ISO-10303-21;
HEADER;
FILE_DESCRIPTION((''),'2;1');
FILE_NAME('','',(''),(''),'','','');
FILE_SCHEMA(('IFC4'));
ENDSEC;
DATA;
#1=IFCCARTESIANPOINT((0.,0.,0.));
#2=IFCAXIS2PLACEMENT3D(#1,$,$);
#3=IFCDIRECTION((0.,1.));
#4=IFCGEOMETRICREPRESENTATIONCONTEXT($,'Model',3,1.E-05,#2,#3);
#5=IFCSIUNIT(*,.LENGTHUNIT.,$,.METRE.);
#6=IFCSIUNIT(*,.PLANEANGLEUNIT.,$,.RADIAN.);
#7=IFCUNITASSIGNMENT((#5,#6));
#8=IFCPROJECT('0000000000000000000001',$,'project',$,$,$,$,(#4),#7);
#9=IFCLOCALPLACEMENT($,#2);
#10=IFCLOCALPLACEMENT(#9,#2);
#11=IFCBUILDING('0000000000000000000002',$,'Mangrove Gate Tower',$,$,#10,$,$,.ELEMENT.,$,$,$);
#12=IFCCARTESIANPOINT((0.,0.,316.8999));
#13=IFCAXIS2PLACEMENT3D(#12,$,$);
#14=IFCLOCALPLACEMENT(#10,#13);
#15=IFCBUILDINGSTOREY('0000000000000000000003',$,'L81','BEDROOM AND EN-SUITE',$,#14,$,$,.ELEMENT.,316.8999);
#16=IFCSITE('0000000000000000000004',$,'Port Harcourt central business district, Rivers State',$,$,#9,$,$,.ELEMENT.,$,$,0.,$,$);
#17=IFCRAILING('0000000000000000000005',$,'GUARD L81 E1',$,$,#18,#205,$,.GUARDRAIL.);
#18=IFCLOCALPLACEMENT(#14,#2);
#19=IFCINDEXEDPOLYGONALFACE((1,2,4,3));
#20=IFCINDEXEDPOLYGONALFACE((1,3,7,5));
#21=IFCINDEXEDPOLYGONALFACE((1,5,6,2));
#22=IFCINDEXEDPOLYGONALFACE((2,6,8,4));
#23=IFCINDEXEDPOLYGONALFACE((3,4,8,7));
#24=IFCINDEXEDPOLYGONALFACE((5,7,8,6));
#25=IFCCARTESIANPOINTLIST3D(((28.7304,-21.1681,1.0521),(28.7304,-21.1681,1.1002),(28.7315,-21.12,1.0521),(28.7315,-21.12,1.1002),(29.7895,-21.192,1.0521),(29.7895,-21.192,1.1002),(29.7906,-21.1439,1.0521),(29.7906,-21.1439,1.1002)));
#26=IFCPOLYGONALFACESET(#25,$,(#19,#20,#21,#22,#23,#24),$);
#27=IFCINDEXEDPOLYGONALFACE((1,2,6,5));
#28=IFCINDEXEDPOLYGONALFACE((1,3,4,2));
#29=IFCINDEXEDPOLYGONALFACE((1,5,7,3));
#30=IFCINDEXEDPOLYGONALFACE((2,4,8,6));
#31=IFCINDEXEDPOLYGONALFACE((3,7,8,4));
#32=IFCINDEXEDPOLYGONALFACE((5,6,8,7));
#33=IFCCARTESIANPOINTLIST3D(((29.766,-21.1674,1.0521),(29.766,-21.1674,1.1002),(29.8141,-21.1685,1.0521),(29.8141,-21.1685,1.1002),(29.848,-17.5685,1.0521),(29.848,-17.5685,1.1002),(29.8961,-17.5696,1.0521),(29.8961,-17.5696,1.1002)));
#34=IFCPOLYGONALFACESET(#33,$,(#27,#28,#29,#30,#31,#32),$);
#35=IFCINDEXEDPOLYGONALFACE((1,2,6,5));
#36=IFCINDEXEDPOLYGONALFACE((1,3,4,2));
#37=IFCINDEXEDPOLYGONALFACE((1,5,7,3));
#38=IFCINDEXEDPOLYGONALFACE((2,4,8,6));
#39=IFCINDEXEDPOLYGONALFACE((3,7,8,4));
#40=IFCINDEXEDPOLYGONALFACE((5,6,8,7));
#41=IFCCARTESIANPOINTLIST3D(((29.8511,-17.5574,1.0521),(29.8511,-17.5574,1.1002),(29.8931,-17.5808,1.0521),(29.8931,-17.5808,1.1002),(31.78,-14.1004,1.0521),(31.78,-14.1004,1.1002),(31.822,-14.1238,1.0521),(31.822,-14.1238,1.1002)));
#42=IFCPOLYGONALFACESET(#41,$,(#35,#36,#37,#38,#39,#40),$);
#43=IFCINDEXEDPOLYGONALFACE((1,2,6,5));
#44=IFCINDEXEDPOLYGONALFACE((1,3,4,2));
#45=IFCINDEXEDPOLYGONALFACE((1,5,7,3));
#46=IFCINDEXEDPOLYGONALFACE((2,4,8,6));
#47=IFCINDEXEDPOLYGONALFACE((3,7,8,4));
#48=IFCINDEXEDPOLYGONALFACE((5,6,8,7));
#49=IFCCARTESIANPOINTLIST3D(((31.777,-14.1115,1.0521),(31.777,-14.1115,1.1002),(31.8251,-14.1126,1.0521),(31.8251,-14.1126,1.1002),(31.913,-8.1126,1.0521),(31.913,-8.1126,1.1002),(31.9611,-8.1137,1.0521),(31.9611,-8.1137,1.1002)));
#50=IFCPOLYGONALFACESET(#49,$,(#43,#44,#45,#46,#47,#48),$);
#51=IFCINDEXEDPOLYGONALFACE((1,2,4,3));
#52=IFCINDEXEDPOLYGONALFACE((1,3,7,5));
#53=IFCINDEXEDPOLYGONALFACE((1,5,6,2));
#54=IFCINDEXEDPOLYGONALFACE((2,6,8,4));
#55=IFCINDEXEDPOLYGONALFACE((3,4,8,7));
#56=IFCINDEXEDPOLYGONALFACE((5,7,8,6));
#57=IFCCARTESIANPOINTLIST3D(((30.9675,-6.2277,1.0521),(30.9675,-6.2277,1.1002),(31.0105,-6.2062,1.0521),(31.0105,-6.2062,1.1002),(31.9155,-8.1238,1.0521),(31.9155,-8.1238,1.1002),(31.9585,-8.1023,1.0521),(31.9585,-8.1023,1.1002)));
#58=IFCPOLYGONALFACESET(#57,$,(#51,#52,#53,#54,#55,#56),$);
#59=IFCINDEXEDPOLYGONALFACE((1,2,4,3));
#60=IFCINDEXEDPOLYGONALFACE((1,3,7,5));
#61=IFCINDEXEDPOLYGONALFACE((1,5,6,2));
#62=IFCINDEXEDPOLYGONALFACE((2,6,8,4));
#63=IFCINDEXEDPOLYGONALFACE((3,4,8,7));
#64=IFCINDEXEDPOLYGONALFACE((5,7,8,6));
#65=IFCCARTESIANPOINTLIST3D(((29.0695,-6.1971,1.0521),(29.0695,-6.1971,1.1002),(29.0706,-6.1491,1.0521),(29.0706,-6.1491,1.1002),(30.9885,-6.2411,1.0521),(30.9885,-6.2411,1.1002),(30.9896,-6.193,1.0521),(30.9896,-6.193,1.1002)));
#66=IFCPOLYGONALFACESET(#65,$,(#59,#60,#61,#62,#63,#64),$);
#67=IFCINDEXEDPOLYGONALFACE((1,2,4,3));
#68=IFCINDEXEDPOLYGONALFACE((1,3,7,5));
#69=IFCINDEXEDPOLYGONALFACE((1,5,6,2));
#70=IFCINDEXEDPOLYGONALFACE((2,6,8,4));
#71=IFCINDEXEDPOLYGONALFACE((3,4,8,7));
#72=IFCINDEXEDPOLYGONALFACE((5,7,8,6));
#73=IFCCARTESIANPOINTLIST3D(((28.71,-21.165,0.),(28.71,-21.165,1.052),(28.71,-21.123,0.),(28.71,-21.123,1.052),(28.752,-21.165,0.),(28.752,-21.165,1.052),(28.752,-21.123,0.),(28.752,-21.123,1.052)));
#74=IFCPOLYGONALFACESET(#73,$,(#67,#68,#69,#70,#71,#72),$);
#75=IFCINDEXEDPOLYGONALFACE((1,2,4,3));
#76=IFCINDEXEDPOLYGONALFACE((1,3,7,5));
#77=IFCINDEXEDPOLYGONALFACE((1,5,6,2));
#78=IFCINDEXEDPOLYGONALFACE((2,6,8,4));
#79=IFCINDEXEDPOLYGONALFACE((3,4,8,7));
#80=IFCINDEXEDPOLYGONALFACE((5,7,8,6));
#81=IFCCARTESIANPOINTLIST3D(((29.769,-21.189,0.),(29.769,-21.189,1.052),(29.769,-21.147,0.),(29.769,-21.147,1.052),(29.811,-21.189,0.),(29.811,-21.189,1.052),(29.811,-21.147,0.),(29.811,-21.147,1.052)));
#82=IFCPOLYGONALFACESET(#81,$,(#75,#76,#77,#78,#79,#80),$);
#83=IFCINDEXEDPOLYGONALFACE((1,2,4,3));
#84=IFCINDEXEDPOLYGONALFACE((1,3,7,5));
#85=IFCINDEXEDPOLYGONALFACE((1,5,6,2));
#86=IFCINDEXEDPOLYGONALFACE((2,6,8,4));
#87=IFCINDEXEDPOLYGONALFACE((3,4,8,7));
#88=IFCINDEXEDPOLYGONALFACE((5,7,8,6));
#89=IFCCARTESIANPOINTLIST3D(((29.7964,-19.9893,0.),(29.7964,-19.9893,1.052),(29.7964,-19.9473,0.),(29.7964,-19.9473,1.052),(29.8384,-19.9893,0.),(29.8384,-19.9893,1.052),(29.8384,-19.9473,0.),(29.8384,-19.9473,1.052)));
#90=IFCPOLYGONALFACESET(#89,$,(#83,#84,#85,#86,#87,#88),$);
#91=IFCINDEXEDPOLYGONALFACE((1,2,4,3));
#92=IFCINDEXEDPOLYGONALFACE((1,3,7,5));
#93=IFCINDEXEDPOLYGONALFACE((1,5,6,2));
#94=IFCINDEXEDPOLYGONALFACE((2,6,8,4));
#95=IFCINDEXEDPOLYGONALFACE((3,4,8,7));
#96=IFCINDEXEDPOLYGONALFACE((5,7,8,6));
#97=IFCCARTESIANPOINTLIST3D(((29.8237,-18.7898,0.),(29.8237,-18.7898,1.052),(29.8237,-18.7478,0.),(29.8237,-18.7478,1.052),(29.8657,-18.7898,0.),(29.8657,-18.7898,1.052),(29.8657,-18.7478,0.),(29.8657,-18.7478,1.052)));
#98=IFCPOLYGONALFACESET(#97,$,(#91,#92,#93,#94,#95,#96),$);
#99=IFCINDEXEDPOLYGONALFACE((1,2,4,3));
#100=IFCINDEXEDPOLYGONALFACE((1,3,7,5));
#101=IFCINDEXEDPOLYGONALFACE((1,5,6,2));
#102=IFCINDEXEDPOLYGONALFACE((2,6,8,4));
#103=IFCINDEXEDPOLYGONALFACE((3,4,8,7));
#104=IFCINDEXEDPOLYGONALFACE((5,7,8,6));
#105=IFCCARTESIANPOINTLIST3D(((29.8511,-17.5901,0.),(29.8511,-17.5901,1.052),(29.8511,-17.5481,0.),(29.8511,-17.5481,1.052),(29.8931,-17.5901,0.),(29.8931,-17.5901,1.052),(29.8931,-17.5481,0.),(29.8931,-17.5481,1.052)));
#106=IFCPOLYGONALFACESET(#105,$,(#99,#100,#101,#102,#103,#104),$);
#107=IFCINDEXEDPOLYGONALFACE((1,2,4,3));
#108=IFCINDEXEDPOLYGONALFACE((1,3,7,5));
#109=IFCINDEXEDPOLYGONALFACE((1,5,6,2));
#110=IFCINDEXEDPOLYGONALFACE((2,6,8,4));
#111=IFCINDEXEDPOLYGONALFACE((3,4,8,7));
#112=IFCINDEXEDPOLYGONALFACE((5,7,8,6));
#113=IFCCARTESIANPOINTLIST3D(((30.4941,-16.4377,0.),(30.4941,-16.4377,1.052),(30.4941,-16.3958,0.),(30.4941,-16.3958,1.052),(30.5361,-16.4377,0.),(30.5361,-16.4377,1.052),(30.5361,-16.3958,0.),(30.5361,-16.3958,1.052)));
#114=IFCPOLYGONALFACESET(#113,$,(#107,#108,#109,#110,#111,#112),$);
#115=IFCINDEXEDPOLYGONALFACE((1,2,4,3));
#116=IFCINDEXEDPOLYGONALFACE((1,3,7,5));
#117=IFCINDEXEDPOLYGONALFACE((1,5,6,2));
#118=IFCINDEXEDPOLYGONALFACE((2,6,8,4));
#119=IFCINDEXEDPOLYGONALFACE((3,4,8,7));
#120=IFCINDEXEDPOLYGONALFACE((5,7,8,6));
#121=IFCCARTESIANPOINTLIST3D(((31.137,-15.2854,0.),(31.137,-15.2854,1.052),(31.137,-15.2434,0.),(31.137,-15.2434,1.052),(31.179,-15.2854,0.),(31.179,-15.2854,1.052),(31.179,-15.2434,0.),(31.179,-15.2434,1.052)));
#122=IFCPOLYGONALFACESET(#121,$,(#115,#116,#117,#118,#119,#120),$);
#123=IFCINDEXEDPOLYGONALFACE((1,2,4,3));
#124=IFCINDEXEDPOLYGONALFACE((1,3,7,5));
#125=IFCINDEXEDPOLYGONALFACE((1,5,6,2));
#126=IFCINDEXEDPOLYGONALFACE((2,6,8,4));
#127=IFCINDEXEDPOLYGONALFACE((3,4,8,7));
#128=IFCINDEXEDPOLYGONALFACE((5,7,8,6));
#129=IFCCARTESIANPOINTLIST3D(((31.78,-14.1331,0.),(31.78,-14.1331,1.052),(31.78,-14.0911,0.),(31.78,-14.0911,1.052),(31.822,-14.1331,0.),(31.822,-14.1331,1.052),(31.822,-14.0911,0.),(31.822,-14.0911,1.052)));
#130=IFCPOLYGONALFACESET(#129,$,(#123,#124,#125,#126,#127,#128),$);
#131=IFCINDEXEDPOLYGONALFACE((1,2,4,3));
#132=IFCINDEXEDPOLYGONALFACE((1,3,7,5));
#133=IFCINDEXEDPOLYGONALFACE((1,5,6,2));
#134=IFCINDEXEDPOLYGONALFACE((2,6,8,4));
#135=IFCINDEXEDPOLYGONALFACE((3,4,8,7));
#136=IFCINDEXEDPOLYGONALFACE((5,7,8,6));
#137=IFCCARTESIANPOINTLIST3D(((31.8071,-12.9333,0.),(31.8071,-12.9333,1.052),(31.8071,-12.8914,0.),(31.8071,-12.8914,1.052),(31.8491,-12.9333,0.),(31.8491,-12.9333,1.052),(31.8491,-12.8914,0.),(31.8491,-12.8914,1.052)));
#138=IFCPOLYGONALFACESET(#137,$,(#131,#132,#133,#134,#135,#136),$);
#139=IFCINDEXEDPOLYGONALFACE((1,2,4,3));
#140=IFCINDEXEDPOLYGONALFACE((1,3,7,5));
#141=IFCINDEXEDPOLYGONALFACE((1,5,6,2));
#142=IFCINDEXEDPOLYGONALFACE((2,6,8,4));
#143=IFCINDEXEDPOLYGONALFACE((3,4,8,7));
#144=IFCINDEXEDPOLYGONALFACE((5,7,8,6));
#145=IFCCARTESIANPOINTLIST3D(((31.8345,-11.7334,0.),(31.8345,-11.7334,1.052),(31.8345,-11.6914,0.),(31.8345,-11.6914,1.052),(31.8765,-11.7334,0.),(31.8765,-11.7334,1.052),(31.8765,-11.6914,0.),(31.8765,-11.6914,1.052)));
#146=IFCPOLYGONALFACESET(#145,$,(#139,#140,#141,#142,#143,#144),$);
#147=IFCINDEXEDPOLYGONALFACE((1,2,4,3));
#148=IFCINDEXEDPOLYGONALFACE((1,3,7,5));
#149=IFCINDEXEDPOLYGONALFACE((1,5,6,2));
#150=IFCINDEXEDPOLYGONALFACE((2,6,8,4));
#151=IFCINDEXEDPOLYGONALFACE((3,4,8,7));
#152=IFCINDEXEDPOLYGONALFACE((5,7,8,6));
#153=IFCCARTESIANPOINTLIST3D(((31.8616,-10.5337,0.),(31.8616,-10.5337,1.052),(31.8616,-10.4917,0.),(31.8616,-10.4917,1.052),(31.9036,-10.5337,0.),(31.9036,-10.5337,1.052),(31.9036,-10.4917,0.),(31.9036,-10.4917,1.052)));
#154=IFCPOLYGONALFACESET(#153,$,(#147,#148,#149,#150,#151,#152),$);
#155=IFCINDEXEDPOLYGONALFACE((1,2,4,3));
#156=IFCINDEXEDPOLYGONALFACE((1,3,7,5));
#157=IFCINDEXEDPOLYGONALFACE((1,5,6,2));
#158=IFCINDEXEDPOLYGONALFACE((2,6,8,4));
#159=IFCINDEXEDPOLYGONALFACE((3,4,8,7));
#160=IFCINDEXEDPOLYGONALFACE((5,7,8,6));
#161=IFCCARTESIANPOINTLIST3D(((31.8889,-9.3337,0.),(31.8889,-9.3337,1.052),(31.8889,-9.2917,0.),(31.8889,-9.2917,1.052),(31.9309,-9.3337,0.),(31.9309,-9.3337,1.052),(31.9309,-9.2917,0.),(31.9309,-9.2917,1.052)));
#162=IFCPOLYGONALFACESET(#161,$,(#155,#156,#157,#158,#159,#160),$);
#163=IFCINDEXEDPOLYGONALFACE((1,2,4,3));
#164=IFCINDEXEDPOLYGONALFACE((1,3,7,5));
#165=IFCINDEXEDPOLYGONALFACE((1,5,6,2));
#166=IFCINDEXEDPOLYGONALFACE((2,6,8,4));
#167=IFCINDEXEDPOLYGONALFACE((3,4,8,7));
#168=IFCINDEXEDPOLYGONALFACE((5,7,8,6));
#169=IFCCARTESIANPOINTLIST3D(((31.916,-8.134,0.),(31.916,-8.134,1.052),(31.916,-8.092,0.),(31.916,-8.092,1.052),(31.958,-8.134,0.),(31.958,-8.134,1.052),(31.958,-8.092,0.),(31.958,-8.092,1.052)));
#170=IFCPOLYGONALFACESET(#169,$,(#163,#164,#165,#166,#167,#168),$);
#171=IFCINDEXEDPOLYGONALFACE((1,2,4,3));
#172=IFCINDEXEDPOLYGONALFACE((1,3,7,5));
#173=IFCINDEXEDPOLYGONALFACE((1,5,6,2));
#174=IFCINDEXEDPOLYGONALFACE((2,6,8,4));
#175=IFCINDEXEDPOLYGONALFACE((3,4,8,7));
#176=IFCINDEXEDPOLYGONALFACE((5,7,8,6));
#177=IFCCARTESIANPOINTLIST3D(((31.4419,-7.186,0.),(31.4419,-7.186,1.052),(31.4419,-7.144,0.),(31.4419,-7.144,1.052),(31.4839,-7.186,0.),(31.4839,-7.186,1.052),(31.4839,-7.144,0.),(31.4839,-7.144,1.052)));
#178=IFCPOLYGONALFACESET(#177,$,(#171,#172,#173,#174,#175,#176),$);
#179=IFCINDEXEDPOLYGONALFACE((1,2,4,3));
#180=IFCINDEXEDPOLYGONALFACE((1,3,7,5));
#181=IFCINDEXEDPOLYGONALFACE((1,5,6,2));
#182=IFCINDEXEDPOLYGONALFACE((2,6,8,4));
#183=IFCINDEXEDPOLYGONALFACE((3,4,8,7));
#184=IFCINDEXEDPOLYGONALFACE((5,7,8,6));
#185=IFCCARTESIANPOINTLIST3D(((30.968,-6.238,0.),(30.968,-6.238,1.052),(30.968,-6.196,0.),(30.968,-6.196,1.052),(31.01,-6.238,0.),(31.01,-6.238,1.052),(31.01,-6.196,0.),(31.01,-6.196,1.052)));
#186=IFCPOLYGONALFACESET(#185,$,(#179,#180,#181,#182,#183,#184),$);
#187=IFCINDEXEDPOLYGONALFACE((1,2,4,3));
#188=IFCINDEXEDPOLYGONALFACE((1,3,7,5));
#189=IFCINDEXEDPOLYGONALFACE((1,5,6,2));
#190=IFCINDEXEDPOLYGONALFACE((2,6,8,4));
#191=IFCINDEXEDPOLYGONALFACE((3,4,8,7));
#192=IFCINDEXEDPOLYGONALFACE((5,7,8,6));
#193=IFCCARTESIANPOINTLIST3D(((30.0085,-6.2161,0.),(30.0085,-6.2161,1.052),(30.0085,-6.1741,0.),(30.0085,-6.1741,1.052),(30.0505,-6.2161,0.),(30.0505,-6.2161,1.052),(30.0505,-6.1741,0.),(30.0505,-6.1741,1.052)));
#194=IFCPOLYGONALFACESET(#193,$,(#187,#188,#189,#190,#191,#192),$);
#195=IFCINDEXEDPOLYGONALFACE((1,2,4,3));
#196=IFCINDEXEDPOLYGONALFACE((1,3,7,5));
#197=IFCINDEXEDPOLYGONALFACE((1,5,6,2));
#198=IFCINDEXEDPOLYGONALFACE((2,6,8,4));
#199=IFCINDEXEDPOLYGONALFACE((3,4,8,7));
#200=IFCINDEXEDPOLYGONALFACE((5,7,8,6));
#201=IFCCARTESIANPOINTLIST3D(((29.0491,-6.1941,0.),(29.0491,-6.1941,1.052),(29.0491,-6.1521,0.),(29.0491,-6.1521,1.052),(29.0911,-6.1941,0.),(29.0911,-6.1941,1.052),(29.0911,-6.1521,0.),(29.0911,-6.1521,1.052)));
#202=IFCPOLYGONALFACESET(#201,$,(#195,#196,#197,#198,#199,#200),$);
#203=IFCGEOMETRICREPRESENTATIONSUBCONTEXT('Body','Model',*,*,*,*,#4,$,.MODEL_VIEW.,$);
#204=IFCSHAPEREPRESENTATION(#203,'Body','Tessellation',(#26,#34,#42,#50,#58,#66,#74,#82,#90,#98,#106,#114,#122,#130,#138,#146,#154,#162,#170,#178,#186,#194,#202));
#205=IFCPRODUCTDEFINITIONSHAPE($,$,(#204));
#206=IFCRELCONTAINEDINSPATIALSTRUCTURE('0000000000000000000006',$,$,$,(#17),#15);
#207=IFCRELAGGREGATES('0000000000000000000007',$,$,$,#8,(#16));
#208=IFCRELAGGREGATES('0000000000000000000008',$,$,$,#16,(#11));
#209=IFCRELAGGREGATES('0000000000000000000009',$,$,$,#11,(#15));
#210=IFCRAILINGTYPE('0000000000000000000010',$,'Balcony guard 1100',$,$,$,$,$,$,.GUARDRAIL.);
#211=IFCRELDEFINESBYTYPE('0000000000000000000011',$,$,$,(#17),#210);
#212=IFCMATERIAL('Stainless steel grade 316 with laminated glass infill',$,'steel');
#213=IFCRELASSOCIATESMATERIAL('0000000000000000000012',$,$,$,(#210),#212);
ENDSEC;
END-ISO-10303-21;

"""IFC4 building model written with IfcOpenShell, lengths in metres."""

from ifc_helpers import new_model, si_unit, direction, frame, origin, origin_2d, place, context, subcontext, project, spatial, rectangle, extrude, material, type_object, element, save


model = new_model("IFC4")

# Units and contexts
model_context = context("Model", 3, precision=1e-05, world=origin(), true_north=direction((0.0, 1.0)))
body_context = subcontext(model_context, "Body", "Model", "MODEL_VIEW")
ifc_project = project(units=[si_unit("LENGTHUNIT", "METRE"), si_unit("PLANEANGLEUNIT", "RADIAN")], contexts=[model_context])

# Site, building, storey
site_placement = place(None, origin())
site = spatial("IfcSite", under=ifc_project, at=site_placement, Name="Port Harcourt central business district, Rivers State", CompositionType="ELEMENT", RefElevation=0.0)
building_placement = place(site_placement, origin())
building = spatial("IfcBuilding", under=site, at=building_placement, Name="Mangrove Gate Tower", CompositionType="ELEMENT")
storey_placement = place(building_placement, frame((0.0, 0.0, 316.8999)))
storey = spatial("IfcBuildingStorey", under=building, at=storey_placement, Name="L81", Description="BEDROOM AND EN-SUITE", CompositionType="ELEMENT", Elevation=316.8999)

# Railing
ifc_material_1 = material(Name="Stainless steel grade 316 with laminated glass infill", Category="steel")
railing_type = type_object("IfcRailingType", Name="Balcony guard 1100", PredefinedType="GUARDRAIL", material=ifc_material_1)
railing_placement = place(storey_placement, frame((28.731, -21.144, 0.0)))
element("IfcRailing", 1, at=railing_placement, inside=storey, type_object=railing_type, Name="GUARD L81 E1", PredefinedType="GUARDRAIL", context=body_context, shape_type="SweptSolid", body=[
    extrude(rectangle(XDim=0.0481, YDim=0.0481, at=origin_2d()), frame((0.0, 0.0, 1.0762), z_axis=(0.999745, -0.022585, 0.0), x_axis=(0.022585, 0.999745, 0.0)), (0.0, 0.0, 1.0), 1.0593),
    extrude(rectangle(XDim=0.0481, YDim=0.0481, at=origin_2d()), frame((1.0591, -0.0239, 1.0762), z_axis=(0.022788, 0.99974, 0.0), x_axis=(-0.99974, 0.022788, 0.0)), (0.0, 0.0, 1.0), 3.5999),
    extrude(rectangle(XDim=0.0481, YDim=0.0481, at=origin_2d()), frame((1.1411, 3.575, 1.0762), z_axis=(0.48726, 0.873257, 0.0), x_axis=(-0.873257, 0.48726, 0.0)), (0.0, 0.0, 1.0), 3.9587),
    extrude(rectangle(XDim=0.0481, YDim=0.0481, at=origin_2d()), frame((3.0701, 7.032, 1.0762), z_axis=(0.022662, 0.999743, 0.0), x_axis=(-0.999743, 0.022662, 0.0)), (0.0, 0.0, 1.0), 6.0005),
    extrude(rectangle(XDim=0.0481, YDim=0.0481, at=origin_2d()), frame((3.2061, 13.031, 1.0762), z_axis=(-0.447214, 0.894427, 0.0), x_axis=(-0.894427, -0.447214, 0.0)), (0.0, 0.0, 1.0), 2.1199),
    extrude(rectangle(XDim=0.0481, YDim=0.0481, at=origin_2d()), frame((2.2581, 14.927, 1.0762), z_axis=(-0.999738, 0.022895, 0.0), x_axis=(-0.022895, -0.999738, 0.0)), (0.0, 0.0, 1.0), 1.9194),
    extrude(rectangle(XDim=0.042, YDim=0.042, at=origin_2d()), origin(), (0.0, 0.0, 1.0), 1.052),
    extrude(rectangle(XDim=0.042, YDim=0.042, at=origin_2d()), frame((1.0591, -0.0239, 0.0)), (0.0, 0.0, 1.0), 1.052),
    extrude(rectangle(XDim=0.042, YDim=0.042, at=origin_2d()), frame((1.0864, 1.1758, 0.0)), (0.0, 0.0, 1.0), 1.052),
    extrude(rectangle(XDim=0.042, YDim=0.042, at=origin_2d()), frame((1.1138, 2.3752, 0.0)), (0.0, 0.0, 1.0), 1.052),
    extrude(rectangle(XDim=0.042, YDim=0.042, at=origin_2d()), frame((1.1411, 3.575, 0.0)), (0.0, 0.0, 1.0), 1.052),
    extrude(rectangle(XDim=0.042, YDim=0.042, at=origin_2d()), frame((1.7842, 4.7273, 0.0)), (0.0, 0.0, 1.0), 1.052),
    extrude(rectangle(XDim=0.042, YDim=0.042, at=origin_2d()), frame((2.427, 5.8796, 0.0)), (0.0, 0.0, 1.0), 1.052),
    extrude(rectangle(XDim=0.042, YDim=0.042, at=origin_2d()), frame((3.0701, 7.032, 0.0)), (0.0, 0.0, 1.0), 1.052),
    extrude(rectangle(XDim=0.042, YDim=0.042, at=origin_2d()), frame((3.0972, 8.2317, 0.0)), (0.0, 0.0, 1.0), 1.052),
    extrude(rectangle(XDim=0.042, YDim=0.042, at=origin_2d()), frame((3.1245, 9.4316, 0.0)), (0.0, 0.0, 1.0), 1.052),
    extrude(rectangle(XDim=0.042, YDim=0.042, at=origin_2d()), frame((3.1516, 10.6313, 0.0)), (0.0, 0.0, 1.0), 1.052),
    extrude(rectangle(XDim=0.042, YDim=0.042, at=origin_2d()), frame((3.179, 11.8313, 0.0)), (0.0, 0.0, 1.0), 1.052),
    extrude(rectangle(XDim=0.042, YDim=0.042, at=origin_2d()), frame((3.2061, 13.031, 0.0)), (0.0, 0.0, 1.0), 1.052),
    extrude(rectangle(XDim=0.042, YDim=0.042, at=origin_2d()), frame((2.7319, 13.979, 0.0)), (0.0, 0.0, 1.0), 1.052),
    extrude(rectangle(XDim=0.042, YDim=0.042, at=origin_2d()), frame((2.2581, 14.927, 0.0)), (0.0, 0.0, 1.0), 1.052),
    extrude(rectangle(XDim=0.042, YDim=0.042, at=origin_2d()), frame((1.2986, 14.949, 0.0)), (0.0, 0.0, 1.0), 1.052),
    extrude(rectangle(XDim=0.042, YDim=0.042, at=origin_2d()), frame((0.3391, 14.9709, 0.0)), (0.0, 0.0, 1.0), 1.052),
])

save(model, "model.ifc")
